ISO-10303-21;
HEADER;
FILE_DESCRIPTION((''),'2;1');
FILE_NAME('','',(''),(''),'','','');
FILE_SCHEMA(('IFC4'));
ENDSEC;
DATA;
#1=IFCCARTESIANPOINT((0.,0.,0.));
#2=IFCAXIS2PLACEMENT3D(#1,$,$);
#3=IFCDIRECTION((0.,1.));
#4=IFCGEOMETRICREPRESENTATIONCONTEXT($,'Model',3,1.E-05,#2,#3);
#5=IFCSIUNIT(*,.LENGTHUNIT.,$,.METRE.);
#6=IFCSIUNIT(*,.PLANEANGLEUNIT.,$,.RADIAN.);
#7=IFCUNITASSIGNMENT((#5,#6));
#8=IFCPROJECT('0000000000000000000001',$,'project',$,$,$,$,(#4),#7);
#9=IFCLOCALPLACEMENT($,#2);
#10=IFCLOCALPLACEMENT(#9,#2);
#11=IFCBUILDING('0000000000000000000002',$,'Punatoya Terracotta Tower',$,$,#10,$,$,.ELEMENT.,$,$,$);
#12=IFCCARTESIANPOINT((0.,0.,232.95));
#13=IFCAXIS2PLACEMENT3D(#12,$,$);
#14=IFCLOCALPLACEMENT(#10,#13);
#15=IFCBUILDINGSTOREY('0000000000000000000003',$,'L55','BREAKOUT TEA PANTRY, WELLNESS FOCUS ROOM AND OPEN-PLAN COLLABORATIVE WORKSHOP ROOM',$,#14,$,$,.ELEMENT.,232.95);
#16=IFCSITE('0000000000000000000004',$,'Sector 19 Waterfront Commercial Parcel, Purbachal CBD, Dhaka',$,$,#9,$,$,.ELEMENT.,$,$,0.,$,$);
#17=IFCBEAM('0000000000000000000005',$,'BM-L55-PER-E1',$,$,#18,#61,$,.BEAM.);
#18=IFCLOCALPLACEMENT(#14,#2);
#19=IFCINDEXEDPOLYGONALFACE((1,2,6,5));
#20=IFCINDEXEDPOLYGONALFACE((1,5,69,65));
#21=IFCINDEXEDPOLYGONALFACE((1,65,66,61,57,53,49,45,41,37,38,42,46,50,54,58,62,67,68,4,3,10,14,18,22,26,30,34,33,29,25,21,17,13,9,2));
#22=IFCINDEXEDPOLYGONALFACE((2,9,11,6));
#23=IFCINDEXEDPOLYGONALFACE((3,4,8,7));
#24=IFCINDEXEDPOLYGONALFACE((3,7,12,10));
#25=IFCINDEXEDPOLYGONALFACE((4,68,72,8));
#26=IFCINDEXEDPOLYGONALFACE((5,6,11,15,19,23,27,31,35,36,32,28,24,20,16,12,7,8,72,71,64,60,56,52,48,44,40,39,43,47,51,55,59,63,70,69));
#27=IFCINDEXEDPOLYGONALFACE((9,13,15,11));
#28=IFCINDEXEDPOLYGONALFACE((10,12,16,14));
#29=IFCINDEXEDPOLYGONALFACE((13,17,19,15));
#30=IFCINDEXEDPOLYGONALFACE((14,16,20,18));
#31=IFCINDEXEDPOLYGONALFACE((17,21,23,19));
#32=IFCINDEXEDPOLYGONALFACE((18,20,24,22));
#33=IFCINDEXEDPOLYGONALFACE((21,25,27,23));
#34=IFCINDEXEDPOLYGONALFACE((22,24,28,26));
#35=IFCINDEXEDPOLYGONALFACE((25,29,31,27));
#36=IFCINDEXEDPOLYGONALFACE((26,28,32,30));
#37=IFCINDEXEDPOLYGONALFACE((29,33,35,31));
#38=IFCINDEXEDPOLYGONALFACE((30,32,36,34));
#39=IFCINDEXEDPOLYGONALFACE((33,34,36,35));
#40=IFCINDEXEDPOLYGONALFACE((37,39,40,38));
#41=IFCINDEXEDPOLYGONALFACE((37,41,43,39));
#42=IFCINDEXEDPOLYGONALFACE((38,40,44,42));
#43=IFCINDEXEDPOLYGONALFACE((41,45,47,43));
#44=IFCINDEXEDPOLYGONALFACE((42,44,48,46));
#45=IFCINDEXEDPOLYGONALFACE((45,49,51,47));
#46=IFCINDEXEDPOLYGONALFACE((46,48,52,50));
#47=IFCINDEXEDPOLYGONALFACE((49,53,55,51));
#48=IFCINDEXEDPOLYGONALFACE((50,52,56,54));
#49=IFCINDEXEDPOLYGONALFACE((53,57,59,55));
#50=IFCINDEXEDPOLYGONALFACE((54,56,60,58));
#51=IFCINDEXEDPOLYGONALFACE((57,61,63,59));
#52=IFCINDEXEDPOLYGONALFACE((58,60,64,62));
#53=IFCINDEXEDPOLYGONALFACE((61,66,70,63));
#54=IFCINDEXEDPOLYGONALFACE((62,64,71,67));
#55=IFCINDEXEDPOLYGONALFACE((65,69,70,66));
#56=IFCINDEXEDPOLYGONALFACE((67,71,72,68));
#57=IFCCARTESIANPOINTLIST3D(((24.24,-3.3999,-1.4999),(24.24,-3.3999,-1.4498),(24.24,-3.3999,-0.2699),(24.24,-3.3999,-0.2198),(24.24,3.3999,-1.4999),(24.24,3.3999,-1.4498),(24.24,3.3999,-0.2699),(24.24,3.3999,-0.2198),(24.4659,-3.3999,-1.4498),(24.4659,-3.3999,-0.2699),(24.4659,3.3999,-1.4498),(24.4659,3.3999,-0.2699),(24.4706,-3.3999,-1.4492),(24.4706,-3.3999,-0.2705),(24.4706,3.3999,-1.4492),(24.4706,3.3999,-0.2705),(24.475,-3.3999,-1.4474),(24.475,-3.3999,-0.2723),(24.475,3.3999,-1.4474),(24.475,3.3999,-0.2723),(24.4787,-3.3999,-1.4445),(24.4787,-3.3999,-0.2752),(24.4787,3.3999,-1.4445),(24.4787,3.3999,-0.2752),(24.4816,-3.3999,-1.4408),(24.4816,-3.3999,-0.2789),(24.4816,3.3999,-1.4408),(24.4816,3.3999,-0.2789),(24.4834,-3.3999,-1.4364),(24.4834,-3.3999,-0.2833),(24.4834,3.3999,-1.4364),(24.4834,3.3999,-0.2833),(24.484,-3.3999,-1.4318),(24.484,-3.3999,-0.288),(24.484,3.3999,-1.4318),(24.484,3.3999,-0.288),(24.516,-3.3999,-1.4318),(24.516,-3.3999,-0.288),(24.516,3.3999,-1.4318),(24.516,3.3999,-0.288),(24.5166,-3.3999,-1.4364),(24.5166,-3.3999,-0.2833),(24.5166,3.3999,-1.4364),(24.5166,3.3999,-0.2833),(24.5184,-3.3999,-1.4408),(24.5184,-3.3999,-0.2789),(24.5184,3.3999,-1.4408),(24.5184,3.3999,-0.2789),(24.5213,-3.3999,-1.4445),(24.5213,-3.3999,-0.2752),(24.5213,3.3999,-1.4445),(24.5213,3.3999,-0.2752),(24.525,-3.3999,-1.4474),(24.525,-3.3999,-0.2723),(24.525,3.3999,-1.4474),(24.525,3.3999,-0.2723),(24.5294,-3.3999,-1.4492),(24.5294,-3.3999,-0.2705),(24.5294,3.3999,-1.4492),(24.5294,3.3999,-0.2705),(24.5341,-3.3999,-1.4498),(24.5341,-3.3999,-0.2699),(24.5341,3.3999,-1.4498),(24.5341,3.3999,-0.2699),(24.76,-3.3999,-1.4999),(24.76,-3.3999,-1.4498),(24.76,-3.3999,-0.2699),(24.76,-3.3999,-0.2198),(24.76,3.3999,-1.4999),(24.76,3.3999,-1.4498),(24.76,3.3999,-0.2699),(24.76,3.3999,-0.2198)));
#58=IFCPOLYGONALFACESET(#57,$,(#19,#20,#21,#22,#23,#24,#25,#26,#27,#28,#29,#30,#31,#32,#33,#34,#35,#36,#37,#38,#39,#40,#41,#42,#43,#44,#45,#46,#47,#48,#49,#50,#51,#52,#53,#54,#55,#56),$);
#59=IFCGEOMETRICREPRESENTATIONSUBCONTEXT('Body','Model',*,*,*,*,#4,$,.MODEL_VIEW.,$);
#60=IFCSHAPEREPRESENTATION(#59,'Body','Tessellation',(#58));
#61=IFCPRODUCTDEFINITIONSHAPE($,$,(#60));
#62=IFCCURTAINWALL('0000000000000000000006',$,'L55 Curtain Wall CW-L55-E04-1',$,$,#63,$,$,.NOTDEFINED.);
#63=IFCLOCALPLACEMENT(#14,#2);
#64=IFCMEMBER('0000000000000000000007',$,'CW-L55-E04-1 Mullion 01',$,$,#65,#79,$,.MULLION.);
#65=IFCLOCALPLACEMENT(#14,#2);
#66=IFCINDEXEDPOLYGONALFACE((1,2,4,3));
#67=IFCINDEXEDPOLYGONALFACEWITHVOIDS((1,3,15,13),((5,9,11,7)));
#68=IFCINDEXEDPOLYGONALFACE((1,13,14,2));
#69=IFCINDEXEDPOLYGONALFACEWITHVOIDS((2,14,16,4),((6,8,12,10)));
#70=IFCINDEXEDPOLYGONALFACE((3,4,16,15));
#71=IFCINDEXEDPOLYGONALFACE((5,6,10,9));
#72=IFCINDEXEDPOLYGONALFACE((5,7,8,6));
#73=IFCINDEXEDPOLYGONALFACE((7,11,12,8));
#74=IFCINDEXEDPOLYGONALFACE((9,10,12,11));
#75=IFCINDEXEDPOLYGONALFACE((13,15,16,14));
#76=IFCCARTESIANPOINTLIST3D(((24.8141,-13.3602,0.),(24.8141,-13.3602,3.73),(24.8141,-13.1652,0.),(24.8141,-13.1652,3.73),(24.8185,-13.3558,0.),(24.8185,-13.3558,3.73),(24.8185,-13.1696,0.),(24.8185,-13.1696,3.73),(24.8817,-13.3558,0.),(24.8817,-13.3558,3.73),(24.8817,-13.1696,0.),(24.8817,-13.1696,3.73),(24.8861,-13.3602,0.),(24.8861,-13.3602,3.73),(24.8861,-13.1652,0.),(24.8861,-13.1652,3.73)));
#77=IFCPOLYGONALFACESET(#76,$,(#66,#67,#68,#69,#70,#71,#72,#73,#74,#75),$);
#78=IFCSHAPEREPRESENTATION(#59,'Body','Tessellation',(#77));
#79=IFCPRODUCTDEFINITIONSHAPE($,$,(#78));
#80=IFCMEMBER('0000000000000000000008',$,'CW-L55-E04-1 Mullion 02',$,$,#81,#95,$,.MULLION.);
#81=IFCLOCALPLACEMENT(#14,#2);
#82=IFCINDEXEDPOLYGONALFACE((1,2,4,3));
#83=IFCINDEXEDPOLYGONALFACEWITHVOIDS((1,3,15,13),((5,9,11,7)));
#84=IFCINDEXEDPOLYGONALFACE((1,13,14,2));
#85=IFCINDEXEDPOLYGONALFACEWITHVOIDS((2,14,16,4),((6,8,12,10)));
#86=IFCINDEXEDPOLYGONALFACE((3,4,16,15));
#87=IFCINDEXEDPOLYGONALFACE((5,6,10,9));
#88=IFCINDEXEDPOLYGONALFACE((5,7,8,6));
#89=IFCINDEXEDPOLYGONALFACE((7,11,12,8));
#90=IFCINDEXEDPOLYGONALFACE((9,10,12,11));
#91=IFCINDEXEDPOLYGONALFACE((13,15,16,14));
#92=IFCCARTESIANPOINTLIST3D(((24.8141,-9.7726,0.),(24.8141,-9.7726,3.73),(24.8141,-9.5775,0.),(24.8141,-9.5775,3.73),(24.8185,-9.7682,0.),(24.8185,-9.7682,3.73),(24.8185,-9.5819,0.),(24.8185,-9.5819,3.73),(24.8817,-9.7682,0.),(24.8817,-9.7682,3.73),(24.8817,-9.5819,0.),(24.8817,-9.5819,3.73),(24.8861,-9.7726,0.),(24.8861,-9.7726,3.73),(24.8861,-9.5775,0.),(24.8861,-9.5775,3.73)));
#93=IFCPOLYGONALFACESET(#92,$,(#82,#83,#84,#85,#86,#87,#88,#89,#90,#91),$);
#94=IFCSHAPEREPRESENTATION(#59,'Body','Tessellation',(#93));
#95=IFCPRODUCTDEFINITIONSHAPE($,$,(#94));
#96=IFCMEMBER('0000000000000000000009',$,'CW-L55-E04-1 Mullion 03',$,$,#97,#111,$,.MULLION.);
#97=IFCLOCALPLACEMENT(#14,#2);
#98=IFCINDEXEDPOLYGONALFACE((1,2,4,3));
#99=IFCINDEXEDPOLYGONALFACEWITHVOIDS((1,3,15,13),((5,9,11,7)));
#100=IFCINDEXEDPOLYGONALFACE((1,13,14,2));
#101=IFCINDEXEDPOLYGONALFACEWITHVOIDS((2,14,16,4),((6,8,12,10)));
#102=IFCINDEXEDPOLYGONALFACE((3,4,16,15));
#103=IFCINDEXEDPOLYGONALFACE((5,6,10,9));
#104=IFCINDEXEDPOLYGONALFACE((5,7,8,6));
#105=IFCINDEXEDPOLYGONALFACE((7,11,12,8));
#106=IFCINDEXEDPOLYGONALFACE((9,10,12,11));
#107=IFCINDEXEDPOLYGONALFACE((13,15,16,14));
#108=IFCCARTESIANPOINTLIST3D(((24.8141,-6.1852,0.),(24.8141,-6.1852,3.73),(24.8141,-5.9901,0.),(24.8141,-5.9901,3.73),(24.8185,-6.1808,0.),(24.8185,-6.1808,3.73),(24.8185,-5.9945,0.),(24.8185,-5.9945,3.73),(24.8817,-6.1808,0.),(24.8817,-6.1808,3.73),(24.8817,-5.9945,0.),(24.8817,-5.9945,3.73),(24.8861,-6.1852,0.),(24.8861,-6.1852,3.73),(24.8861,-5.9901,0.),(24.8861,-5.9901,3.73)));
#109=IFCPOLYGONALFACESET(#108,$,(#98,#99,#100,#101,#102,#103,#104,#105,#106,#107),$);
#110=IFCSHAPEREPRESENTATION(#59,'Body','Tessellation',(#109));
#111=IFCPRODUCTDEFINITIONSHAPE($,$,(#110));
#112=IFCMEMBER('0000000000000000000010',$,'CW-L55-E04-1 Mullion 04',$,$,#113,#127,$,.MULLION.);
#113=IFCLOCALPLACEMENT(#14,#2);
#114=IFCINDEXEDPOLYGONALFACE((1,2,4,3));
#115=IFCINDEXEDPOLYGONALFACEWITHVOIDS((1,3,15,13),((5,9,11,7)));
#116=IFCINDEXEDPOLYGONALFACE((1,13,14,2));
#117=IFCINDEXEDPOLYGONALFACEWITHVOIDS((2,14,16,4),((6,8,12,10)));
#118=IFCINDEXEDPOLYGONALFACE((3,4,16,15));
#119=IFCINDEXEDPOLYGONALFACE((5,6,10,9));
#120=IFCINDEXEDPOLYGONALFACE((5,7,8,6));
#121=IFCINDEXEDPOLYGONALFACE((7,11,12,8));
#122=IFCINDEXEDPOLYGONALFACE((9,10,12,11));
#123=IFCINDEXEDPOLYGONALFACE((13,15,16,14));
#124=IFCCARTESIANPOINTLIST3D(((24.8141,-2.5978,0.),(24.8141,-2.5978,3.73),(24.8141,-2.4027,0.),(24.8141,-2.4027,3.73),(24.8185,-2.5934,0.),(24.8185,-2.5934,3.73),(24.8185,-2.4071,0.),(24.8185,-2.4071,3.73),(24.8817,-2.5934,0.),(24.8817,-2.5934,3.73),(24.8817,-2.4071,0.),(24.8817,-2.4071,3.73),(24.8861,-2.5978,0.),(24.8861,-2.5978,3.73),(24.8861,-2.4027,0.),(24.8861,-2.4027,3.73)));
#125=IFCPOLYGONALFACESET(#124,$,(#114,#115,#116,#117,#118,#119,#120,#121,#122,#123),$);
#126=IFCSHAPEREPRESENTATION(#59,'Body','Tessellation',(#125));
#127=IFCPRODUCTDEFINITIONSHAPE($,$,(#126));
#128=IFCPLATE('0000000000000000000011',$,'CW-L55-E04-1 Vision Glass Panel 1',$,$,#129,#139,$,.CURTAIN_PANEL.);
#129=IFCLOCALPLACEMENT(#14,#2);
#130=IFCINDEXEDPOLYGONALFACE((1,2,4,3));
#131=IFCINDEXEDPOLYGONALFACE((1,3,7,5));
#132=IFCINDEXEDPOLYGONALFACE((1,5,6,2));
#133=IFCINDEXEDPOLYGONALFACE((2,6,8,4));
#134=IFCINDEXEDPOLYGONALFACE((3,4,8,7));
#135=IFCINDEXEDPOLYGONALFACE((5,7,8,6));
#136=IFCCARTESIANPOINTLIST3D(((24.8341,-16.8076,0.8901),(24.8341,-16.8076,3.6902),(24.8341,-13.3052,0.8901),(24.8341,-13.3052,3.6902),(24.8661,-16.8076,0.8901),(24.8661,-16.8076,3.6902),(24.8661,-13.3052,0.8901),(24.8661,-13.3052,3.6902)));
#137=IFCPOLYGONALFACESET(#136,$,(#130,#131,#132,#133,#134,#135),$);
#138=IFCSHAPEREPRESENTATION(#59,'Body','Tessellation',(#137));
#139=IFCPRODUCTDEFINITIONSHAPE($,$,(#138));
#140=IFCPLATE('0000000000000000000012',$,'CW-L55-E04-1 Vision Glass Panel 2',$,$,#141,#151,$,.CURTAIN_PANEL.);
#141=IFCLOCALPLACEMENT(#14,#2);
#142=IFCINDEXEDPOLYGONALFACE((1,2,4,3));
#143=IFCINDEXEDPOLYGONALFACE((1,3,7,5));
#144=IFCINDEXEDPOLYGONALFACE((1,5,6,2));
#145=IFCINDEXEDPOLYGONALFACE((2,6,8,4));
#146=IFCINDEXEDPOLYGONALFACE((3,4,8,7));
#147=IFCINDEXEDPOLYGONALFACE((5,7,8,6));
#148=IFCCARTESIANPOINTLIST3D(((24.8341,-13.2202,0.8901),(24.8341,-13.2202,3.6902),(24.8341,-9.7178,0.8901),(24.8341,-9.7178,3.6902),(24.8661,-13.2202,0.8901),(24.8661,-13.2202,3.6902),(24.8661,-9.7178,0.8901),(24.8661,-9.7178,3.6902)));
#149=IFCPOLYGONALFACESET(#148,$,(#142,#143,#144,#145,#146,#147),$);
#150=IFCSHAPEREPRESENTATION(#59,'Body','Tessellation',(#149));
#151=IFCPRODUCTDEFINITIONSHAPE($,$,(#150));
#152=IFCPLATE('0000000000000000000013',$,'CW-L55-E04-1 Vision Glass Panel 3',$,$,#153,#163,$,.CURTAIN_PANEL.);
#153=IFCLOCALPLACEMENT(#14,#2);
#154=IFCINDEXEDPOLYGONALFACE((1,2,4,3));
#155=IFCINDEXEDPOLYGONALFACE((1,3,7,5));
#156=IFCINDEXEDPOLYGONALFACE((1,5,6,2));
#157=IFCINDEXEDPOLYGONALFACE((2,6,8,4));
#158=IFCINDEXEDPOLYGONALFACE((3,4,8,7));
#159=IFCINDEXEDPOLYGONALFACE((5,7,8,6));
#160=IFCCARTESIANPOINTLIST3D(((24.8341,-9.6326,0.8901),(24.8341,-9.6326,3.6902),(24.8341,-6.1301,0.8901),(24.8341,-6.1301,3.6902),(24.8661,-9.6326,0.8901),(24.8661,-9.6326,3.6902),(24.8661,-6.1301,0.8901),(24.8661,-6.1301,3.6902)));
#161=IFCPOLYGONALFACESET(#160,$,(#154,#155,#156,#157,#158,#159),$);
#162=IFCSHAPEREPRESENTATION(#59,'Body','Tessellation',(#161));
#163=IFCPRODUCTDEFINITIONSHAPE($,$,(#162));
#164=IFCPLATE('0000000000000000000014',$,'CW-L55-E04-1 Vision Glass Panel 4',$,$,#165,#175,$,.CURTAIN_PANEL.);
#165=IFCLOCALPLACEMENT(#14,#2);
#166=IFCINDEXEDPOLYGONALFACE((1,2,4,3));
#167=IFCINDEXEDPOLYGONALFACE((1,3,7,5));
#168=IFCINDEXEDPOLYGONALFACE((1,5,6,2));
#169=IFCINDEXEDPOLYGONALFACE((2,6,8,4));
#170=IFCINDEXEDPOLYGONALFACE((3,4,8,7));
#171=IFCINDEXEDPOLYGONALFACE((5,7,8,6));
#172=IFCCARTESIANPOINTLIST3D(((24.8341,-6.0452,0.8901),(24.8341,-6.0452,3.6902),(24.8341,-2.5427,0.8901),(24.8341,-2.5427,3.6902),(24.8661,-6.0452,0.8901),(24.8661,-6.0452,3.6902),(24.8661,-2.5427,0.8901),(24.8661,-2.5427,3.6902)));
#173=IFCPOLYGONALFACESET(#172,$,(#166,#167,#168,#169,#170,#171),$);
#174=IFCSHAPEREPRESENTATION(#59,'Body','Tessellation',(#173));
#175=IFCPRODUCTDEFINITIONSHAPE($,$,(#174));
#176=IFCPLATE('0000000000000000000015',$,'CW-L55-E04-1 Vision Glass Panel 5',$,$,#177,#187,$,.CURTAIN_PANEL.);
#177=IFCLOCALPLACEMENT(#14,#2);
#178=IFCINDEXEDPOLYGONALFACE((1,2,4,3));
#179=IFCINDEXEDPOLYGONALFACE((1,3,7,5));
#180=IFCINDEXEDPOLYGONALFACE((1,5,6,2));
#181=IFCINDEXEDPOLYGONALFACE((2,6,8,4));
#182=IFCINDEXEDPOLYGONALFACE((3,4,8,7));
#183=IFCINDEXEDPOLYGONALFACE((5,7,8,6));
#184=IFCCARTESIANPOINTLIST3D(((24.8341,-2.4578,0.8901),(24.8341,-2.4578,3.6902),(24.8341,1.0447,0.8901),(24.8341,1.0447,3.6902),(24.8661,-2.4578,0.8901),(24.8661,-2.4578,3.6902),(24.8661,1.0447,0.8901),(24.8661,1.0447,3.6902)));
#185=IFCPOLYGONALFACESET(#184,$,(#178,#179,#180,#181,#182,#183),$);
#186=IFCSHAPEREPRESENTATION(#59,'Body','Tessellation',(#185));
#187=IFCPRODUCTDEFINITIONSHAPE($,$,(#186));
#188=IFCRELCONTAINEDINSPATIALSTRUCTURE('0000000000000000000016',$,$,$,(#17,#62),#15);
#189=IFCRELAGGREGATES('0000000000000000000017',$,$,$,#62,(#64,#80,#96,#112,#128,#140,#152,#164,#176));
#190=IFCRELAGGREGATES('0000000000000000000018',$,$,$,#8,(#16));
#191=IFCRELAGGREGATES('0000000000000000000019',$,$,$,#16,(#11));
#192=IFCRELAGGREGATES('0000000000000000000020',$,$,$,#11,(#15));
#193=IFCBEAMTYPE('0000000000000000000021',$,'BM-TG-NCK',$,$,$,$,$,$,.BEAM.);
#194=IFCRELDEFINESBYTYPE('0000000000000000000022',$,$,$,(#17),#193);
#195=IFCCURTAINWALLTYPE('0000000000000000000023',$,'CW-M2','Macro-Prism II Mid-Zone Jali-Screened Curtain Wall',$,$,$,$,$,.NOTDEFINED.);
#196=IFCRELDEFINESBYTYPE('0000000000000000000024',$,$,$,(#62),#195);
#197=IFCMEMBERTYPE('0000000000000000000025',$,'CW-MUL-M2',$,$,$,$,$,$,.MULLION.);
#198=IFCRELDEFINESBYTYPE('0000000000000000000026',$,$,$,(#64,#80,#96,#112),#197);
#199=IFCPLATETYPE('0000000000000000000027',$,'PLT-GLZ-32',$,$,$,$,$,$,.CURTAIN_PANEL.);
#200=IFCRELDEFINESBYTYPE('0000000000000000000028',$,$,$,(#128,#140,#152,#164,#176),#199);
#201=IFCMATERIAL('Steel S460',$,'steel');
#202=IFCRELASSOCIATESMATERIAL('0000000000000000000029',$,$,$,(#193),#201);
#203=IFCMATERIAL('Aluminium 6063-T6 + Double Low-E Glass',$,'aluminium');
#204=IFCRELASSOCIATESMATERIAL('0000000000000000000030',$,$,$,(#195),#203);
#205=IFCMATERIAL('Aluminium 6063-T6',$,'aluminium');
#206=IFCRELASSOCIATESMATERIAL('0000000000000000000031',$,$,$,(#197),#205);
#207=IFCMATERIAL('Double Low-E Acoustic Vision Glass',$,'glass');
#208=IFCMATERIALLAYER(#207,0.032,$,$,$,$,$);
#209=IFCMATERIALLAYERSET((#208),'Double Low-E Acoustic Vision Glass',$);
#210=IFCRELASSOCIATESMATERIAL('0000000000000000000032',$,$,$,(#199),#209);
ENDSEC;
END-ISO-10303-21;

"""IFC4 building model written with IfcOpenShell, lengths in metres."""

from ifc_helpers import new_model, si_unit, direction, frame, origin, origin_2d, place, context, subcontext, project, spatial, rectangle, hollow_rectangle, i_section, extrude, material, layer, layer_set, material_profile, profile_set, type_object, element, aggregate, save


model = new_model("IFC4")

# Units and contexts
model_context = context("Model", 3, precision=1e-05, world=origin(), true_north=direction((0.0, 1.0)))
body_context = subcontext(model_context, "Body", "Model", "MODEL_VIEW")
ifc_project = project(units=[si_unit("LENGTHUNIT", "METRE"), si_unit("PLANEANGLEUNIT", "RADIAN")], contexts=[model_context])

# Site, building, storey
site_placement = place(None, origin())
site = spatial("IfcSite", under=ifc_project, at=site_placement, Name="Sector 19 Waterfront Commercial Parcel, Purbachal CBD, Dhaka", CompositionType="ELEMENT", RefElevation=0.0)
building_placement = place(site_placement, origin())
building = spatial("IfcBuilding", under=site, at=building_placement, Name="Punatoya Terracotta Tower", CompositionType="ELEMENT")
storey_placement = place(building_placement, frame((0.0, 0.0, 232.95)))
storey = spatial("IfcBuildingStorey", under=building, at=storey_placement, Name="L55", Description="BREAKOUT TEA PANTRY, WELLNESS FOCUS ROOM AND OPEN-PLAN COLLABORATIVE WORKSHOP ROOM", CompositionType="ELEMENT", Elevation=232.95)

# Shared definitions
ifc_material_1 = material(Name="Steel S460", Category="steel")

# Beam
ifc_material_profile_1 = material_profile(ifc_material_1, i_section(OverallWidth=0.52, OverallDepth=1.28, WebThickness=0.032, FlangeThickness=0.05, FilletRadius=0.0181, at=origin_2d()))
ifc_profile_set_1 = profile_set([ifc_material_profile_1], Name="Steel S460")
beam_type_1 = type_object("IfcBeamType", Name="BM-TG-NCK", PredefinedType="BEAM", material=ifc_profile_set_1)
beam_1_placement = place(storey_placement, frame((24.5, -3.3999, -0.8599), z_axis=(0.0, 1.0, 0.0), x_axis=(-1.0, 0.0, 0.0)))
element("IfcBeam", 1, at=beam_1_placement, inside=storey, type_object=beam_type_1, Name="BM-L55-PER-E1", PredefinedType="BEAM", context=body_context, shape_type="SweptSolid", body=[
    extrude(i_section(OverallWidth=0.52, OverallDepth=1.28, WebThickness=0.032, FlangeThickness=0.05, FilletRadius=0.0181, at=origin_2d()), origin(), (0.0, 0.0, 1.0), 6.7998),
])

# Curtain wall, members, plates
ifc_material_2 = material(Name="Aluminium 6063-T6 + Double Low-E Glass", Category="aluminium")
curtain_wall_type = type_object("IfcCurtainWallType", Name="CW-M2", Description="Macro-Prism II Mid-Zone Jali-Screened Curtain Wall", PredefinedType="NOTDEFINED", material=ifc_material_2)
curtain_wall_placement = place(storey_placement, origin())
curtain_wall = element("IfcCurtainWall", 2, at=curtain_wall_placement, inside=storey, type_object=curtain_wall_type, Name="L55 Curtain Wall CW-L55-E04-1", PredefinedType="NOTDEFINED")
ifc_material_3 = material(Name="Aluminium 6063-T6", Category="aluminium")
ifc_material_profile_2 = material_profile(ifc_material_3, hollow_rectangle(XDim=0.072, YDim=0.1951, WallThickness=0.0044, at=origin_2d()))
ifc_profile_set_2 = profile_set([ifc_material_profile_2], Name="Aluminium 6063-T6")
member_type = type_object("IfcMemberType", Name="CW-MUL-M2", PredefinedType="MULLION", material=ifc_profile_set_2)
member_1_placement = place(storey_placement, frame((24.8501, -13.2627, 0.0), z_axis=(0.0, 0.0, 1.0), x_axis=(1.0, 0.0, 0.0)))
member_1 = element("IfcMember", 3, at=member_1_placement, type_object=member_type, Name="CW-L55-E04-1 Mullion 01", PredefinedType="MULLION", context=body_context, shape_type="SweptSolid", body=[
    extrude(hollow_rectangle(XDim=0.072, YDim=0.1951, WallThickness=0.0044, at=origin_2d()), origin(), (0.0, 0.0, 1.0), 3.73),
])
member_2_placement = place(storey_placement, frame((24.8501, -9.675, 0.0), z_axis=(0.0, 0.0, 1.0), x_axis=(1.0, 0.0, 0.0)))
member_2 = element("IfcMember", 4, at=member_2_placement, type_object=member_type, Name="CW-L55-E04-1 Mullion 02", PredefinedType="MULLION", context=body_context, shape_type="SweptSolid", body=[
    extrude(hollow_rectangle(XDim=0.072, YDim=0.1951, WallThickness=0.0044, at=origin_2d()), origin(), (0.0, 0.0, 1.0), 3.73),
])
member_3_placement = place(storey_placement, frame((24.8501, -6.0876, 0.0), z_axis=(0.0, 0.0, 1.0), x_axis=(1.0, 0.0, 0.0)))
member_3 = element("IfcMember", 5, at=member_3_placement, type_object=member_type, Name="CW-L55-E04-1 Mullion 03", PredefinedType="MULLION", context=body_context, shape_type="SweptSolid", body=[
    extrude(hollow_rectangle(XDim=0.072, YDim=0.1951, WallThickness=0.0044, at=origin_2d()), origin(), (0.0, 0.0, 1.0), 3.73),
])
member_4_placement = place(storey_placement, frame((24.8501, -2.5002, 0.0), z_axis=(0.0, 0.0, 1.0), x_axis=(1.0, 0.0, 0.0)))
member_4 = element("IfcMember", 6, at=member_4_placement, type_object=member_type, Name="CW-L55-E04-1 Mullion 04", PredefinedType="MULLION", context=body_context, shape_type="SweptSolid", body=[
    extrude(hollow_rectangle(XDim=0.072, YDim=0.1951, WallThickness=0.0044, at=origin_2d()), origin(), (0.0, 0.0, 1.0), 3.73),
])
ifc_material_4 = material(Name="Double Low-E Acoustic Vision Glass", Category="glass")
ifc_layer_1 = layer(ifc_material_4, 0.032)
ifc_layer_set_1 = layer_set([ifc_layer_1], Name="Double Low-E Acoustic Vision Glass")
plate_type_1 = type_object("IfcPlateType", Name="PLT-GLZ-32", PredefinedType="CURTAIN_PANEL", material=ifc_layer_set_1)
plate_1_placement = place(storey_placement, frame((24.8501, -15.0564, 0.8901), z_axis=(0.0, 0.0, 1.0), x_axis=(0.0, 1.0, 0.0)))
plate_1 = element("IfcPlate", 7, at=plate_1_placement, type_object=plate_type_1, Name="CW-L55-E04-1 Vision Glass Panel 1", PredefinedType="CURTAIN_PANEL", context=body_context, shape_type="SweptSolid", body=[
    extrude(rectangle(XDim=3.5024, YDim=0.032, at=origin_2d()), origin(), (0.0, 0.0, 1.0), 2.8),
])
plate_2_placement = place(storey_placement, frame((24.8501, -11.469, 0.8901), z_axis=(0.0, 0.0, 1.0), x_axis=(0.0, 1.0, 0.0)))
plate_2 = element("IfcPlate", 8, at=plate_2_placement, type_object=plate_type_1, Name="CW-L55-E04-1 Vision Glass Panel 2", PredefinedType="CURTAIN_PANEL", context=body_context, shape_type="SweptSolid", body=[
    extrude(rectangle(XDim=3.5024, YDim=0.032, at=origin_2d()), origin(), (0.0, 0.0, 1.0), 2.8),
])
plate_3_placement = place(storey_placement, frame((24.8501, -7.8813, 0.8901), z_axis=(0.0, 0.0, 1.0), x_axis=(0.0, 1.0, 0.0)))
plate_3 = element("IfcPlate", 9, at=plate_3_placement, type_object=plate_type_1, Name="CW-L55-E04-1 Vision Glass Panel 3", PredefinedType="CURTAIN_PANEL", context=body_context, shape_type="SweptSolid", body=[
    extrude(rectangle(XDim=3.5024, YDim=0.032, at=origin_2d()), origin(), (0.0, 0.0, 1.0), 2.8),
])
plate_4_placement = place(storey_placement, frame((24.8501, -4.2939, 0.8901), z_axis=(0.0, 0.0, 1.0), x_axis=(0.0, 1.0, 0.0)))
plate_4 = element("IfcPlate", 10, at=plate_4_placement, type_object=plate_type_1, Name="CW-L55-E04-1 Vision Glass Panel 4", PredefinedType="CURTAIN_PANEL", context=body_context, shape_type="SweptSolid", body=[
    extrude(rectangle(XDim=3.5024, YDim=0.032, at=origin_2d()), origin(), (0.0, 0.0, 1.0), 2.8),
])
plate_5_placement = place(storey_placement, frame((24.8501, -0.7065, 0.8901), z_axis=(0.0, 0.0, 1.0), x_axis=(0.0, 1.0, 0.0)))
plate_5 = element("IfcPlate", 11, at=plate_5_placement, type_object=plate_type_1, Name="CW-L55-E04-1 Vision Glass Panel 5", PredefinedType="CURTAIN_PANEL", context=body_context, shape_type="SweptSolid", body=[
    extrude(rectangle(XDim=3.5024, YDim=0.032, at=origin_2d()), origin(), (0.0, 0.0, 1.0), 2.8),
])
aggregate(curtain_wall, [member_1, member_2, member_3, member_4, plate_1, plate_2, plate_3, plate_4, plate_5])

save(model, "model.ifc")
